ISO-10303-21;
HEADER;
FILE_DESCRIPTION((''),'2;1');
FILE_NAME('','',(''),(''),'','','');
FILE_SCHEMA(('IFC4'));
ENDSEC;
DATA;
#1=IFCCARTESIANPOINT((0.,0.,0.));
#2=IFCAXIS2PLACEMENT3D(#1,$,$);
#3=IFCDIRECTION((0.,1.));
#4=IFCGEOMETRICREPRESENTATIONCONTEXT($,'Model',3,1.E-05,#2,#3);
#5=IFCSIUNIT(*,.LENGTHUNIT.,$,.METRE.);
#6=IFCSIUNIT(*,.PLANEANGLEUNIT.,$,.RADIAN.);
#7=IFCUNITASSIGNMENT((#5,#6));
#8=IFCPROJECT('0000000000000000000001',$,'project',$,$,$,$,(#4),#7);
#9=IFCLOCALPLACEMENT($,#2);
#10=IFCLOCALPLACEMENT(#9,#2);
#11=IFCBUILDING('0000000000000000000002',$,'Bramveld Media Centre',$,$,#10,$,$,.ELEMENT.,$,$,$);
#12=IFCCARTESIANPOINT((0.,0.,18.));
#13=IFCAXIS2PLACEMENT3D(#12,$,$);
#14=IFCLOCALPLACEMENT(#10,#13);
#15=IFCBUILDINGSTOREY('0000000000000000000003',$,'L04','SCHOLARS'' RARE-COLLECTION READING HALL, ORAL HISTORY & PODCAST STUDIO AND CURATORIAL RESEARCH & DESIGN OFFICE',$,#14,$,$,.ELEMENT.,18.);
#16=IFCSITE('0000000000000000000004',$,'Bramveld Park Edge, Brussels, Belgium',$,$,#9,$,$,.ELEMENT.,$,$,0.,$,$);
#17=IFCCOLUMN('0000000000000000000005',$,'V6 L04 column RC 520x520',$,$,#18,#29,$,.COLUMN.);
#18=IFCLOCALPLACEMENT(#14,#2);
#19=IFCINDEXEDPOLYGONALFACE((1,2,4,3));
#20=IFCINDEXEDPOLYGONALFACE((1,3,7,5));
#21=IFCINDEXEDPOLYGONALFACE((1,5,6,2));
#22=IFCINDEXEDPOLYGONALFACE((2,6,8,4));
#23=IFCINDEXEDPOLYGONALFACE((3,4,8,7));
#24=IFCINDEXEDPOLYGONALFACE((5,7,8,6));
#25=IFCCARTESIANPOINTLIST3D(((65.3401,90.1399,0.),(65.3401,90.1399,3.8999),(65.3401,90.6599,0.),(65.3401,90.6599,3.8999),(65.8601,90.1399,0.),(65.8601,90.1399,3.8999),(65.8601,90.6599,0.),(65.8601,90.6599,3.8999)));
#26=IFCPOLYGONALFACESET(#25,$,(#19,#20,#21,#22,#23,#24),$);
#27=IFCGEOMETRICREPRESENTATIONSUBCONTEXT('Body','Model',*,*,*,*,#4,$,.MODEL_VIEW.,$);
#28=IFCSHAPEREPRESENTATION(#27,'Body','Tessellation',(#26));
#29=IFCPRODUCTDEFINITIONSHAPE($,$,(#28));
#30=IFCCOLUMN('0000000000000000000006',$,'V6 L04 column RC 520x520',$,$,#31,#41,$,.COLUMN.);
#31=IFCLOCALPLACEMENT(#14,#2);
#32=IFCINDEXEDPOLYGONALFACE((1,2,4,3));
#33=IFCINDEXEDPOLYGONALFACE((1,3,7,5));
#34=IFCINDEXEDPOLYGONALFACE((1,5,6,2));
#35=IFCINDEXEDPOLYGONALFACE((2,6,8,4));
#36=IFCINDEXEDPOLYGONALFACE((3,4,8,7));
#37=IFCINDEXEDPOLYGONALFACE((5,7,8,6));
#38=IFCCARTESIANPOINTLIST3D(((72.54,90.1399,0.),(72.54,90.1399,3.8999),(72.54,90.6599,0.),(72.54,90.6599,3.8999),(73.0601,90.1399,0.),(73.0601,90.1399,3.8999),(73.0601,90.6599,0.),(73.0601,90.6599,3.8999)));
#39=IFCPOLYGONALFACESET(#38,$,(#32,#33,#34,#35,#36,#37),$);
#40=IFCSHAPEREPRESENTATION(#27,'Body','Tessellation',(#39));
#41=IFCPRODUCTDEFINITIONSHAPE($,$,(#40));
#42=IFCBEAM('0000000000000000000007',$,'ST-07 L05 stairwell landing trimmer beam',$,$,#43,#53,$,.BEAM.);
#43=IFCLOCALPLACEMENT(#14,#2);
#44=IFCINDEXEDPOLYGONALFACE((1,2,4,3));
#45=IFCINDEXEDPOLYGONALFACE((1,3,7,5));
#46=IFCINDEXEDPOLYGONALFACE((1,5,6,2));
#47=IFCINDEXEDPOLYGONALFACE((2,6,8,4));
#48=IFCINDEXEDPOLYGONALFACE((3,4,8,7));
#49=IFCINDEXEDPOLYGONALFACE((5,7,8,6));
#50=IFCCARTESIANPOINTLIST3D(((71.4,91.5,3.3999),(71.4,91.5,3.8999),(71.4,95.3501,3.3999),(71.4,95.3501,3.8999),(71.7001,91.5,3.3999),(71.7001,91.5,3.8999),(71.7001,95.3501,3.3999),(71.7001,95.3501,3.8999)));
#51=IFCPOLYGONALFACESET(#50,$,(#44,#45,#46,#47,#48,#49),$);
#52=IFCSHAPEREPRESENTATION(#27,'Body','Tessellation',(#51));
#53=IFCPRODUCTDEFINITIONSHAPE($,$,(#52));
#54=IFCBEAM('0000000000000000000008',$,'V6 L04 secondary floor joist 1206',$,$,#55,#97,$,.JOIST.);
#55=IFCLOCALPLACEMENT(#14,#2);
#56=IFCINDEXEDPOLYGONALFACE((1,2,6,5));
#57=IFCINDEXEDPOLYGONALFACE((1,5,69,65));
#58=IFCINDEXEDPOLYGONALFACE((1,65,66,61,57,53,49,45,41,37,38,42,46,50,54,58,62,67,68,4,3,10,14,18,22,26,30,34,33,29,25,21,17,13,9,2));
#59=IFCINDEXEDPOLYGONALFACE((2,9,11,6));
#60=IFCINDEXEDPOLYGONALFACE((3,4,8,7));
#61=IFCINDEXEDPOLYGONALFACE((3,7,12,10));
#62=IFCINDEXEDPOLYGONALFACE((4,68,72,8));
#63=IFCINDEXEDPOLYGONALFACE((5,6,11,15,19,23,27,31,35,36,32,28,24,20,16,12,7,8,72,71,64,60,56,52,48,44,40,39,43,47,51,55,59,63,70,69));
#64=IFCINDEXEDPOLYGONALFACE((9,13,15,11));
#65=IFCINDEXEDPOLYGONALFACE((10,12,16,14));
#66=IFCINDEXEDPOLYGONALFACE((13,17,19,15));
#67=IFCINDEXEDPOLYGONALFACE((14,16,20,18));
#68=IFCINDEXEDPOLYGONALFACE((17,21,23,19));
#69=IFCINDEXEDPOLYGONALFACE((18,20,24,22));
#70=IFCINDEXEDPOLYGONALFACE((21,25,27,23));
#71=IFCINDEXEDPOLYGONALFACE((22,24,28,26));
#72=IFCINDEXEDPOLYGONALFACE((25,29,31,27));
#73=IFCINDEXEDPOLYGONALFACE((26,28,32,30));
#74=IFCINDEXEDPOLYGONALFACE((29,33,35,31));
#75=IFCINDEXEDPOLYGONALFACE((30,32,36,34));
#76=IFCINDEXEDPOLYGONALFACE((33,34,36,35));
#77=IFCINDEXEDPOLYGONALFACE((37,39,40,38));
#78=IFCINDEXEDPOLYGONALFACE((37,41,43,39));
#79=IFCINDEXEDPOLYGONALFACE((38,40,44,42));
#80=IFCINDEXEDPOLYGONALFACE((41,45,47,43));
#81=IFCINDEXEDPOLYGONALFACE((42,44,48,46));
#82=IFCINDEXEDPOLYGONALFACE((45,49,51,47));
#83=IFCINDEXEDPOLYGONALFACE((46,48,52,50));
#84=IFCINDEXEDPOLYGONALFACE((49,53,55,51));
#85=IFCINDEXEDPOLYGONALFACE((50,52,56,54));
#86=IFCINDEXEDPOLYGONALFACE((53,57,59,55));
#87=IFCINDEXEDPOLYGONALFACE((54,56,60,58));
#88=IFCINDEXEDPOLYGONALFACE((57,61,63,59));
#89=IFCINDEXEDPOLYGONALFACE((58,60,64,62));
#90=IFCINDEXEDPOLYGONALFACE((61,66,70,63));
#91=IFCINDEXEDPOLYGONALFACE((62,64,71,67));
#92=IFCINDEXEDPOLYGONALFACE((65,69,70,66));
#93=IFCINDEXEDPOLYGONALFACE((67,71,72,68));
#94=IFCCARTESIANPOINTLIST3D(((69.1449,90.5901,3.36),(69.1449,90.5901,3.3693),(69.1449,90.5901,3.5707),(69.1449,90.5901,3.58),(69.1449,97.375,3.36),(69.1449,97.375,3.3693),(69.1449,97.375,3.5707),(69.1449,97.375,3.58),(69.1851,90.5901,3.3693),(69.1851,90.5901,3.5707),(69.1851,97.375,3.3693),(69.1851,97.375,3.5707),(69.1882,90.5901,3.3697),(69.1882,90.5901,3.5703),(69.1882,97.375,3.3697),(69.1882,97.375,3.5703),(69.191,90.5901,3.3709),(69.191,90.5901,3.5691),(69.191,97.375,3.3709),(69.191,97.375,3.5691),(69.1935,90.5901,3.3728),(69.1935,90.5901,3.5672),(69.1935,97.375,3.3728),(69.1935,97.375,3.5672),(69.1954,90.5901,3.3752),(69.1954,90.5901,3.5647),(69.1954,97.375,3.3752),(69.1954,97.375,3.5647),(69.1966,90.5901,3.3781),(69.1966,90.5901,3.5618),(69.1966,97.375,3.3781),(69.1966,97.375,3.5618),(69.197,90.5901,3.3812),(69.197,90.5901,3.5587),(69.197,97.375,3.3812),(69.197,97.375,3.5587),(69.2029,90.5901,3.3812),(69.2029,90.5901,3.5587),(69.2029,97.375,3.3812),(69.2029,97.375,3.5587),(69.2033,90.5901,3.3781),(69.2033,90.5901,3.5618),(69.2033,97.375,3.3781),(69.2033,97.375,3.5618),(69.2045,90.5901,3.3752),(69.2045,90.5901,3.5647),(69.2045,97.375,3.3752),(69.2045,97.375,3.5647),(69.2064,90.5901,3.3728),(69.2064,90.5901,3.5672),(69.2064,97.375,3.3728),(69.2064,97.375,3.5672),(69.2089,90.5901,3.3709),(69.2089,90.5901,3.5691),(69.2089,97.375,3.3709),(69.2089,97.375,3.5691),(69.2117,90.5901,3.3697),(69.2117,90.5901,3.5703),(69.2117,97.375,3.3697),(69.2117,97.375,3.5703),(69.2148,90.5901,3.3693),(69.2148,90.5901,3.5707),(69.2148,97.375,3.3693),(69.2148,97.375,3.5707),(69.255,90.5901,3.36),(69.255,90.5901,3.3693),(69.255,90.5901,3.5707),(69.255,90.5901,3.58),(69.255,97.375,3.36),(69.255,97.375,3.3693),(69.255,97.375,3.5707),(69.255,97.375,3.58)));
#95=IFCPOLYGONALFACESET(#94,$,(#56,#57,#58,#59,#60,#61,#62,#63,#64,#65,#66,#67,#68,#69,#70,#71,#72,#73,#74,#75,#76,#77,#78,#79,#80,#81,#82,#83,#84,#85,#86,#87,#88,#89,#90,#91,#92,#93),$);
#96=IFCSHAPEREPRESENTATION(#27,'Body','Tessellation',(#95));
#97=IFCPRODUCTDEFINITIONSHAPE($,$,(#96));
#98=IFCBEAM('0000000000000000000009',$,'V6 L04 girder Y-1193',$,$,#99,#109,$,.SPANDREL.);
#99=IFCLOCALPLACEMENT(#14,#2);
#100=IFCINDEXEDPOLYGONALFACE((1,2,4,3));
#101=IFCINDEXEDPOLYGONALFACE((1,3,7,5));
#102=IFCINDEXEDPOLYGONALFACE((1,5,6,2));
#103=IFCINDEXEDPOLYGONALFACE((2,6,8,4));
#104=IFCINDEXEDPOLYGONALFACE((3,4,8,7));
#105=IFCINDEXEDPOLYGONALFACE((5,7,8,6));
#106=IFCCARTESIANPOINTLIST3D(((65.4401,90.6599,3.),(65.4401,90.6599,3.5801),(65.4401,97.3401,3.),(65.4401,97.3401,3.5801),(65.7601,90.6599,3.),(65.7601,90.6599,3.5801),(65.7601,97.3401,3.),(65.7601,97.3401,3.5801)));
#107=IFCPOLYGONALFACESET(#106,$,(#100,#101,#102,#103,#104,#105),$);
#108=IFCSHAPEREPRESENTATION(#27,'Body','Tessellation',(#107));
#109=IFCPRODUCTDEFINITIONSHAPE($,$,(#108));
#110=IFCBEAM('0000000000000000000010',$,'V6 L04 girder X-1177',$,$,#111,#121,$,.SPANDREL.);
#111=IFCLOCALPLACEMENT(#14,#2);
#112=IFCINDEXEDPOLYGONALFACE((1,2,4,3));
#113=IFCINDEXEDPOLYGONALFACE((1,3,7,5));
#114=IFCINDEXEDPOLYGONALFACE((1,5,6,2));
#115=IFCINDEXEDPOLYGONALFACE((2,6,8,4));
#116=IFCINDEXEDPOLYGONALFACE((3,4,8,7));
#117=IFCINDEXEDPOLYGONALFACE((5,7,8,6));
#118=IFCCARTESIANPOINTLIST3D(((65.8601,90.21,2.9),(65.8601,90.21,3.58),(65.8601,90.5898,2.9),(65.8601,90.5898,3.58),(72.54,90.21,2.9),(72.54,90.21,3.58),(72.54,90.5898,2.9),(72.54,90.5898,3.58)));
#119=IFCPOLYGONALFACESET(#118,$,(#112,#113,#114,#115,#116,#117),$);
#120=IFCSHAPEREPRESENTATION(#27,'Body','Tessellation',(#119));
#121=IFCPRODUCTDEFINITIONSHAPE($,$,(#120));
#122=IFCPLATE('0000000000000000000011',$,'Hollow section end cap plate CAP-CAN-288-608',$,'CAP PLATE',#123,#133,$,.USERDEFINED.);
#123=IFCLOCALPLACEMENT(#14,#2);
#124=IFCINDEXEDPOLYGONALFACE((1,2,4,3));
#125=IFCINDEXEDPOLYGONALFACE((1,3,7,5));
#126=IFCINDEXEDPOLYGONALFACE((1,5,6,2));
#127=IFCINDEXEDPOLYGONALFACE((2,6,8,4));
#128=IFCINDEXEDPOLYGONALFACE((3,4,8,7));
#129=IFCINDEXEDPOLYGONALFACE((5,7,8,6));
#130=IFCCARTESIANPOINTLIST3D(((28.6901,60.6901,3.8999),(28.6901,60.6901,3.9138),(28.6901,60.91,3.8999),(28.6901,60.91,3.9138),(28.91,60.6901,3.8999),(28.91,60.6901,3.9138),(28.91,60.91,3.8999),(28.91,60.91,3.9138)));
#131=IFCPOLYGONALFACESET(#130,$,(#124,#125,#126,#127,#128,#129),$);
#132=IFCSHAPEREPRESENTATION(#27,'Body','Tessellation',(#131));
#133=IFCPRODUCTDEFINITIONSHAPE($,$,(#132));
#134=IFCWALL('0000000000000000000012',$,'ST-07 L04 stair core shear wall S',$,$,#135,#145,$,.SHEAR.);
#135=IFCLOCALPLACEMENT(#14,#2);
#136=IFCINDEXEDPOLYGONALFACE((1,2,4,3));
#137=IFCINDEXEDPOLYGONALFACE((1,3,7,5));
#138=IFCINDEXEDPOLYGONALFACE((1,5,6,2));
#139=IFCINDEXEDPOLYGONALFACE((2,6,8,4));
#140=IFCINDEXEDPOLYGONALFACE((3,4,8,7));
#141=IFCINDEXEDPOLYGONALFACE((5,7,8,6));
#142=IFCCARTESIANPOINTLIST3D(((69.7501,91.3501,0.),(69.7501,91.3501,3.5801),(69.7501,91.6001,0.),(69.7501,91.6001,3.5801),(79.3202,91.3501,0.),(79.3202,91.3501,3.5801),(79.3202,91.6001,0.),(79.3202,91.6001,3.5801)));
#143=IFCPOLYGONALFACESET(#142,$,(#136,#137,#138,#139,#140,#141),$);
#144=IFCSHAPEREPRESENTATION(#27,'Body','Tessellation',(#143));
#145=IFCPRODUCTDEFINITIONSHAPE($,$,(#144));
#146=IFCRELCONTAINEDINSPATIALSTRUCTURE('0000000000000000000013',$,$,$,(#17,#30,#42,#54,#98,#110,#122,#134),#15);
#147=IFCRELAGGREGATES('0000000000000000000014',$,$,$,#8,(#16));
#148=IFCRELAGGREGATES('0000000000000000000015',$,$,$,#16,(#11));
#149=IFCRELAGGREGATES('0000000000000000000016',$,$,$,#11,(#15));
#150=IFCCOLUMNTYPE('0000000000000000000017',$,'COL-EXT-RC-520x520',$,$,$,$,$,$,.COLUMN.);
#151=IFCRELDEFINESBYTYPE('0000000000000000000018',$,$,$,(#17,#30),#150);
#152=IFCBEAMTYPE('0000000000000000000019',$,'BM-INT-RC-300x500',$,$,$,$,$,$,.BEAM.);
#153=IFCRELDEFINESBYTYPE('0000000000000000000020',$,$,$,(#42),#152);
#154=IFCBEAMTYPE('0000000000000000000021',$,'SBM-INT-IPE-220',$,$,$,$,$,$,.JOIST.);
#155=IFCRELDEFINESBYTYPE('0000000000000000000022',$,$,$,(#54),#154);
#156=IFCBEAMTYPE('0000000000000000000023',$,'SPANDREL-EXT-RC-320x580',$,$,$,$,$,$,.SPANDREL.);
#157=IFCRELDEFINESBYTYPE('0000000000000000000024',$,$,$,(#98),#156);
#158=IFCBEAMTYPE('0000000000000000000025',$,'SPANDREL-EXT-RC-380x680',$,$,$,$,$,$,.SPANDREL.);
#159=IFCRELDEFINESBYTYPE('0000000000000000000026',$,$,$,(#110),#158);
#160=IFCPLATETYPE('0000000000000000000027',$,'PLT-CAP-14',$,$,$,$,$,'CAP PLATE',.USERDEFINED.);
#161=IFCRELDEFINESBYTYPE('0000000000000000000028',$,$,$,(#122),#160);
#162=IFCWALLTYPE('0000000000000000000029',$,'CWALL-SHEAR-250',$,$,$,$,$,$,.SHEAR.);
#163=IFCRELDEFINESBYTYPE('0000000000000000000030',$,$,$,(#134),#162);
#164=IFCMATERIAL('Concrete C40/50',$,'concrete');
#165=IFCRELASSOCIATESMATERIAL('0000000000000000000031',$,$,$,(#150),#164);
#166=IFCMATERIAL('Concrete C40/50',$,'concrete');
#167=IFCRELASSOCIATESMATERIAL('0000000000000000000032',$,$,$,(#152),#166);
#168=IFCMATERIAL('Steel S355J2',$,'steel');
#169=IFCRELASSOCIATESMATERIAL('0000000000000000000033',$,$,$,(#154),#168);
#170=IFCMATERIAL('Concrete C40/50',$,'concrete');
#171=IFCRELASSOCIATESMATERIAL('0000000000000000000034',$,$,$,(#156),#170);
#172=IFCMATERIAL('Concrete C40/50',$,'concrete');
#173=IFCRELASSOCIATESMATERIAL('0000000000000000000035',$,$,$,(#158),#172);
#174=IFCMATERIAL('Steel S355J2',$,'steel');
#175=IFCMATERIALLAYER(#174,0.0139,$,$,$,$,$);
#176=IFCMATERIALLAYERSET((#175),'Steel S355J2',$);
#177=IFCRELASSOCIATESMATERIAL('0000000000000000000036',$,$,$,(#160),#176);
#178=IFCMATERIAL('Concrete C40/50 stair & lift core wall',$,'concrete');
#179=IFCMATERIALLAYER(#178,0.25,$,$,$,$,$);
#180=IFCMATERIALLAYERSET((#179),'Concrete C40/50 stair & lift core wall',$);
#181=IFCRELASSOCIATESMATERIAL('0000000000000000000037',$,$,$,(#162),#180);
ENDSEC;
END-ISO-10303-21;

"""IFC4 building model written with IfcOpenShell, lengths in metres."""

from ifc_helpers import new_model, si_unit, direction, frame, frame_2d, origin, origin_2d, place, context, subcontext, project, spatial, rectangle, i_section, extrude, material, layer, layer_set, material_profile, profile_set, type_object, element, save


model = new_model("IFC4")

# Units and contexts
model_context = context("Model", 3, precision=1e-05, world=origin(), true_north=direction((0.0, 1.0)))
body_context = subcontext(model_context, "Body", "Model", "MODEL_VIEW")
ifc_project = project(units=[si_unit("LENGTHUNIT", "METRE"), si_unit("PLANEANGLEUNIT", "RADIAN")], contexts=[model_context])

# Site, building, storey
site_placement = place(None, origin())
site = spatial("IfcSite", under=ifc_project, at=site_placement, Name="Bramveld Park Edge, Brussels, Belgium", CompositionType="ELEMENT", RefElevation=0.0)
building_placement = place(site_placement, origin())
building = spatial("IfcBuilding", under=site, at=building_placement, Name="Bramveld Media Centre", CompositionType="ELEMENT")
storey_placement = place(building_placement, frame((0.0, 0.0, 18.0)))
storey = spatial("IfcBuildingStorey", under=building, at=storey_placement, Name="L04", Description="SCHOLARS' RARE-COLLECTION READING HALL, ORAL HISTORY & PODCAST STUDIO AND CURATORIAL RESEARCH & DESIGN OFFICE", CompositionType="ELEMENT", Elevation=18.0)

# Columns
ifc_material_1 = material(Name="Concrete C40/50", Category="concrete")
ifc_material_profile_1 = material_profile(ifc_material_1, rectangle(XDim=0.52, YDim=0.52, at=origin_2d()), Name="RC 520x520")
ifc_profile_set_1 = profile_set([ifc_material_profile_1], Name="Concrete C40/50")
column_type = type_object("IfcColumnType", Name="COL-EXT-RC-520x520", PredefinedType="COLUMN", material=ifc_profile_set_1)
for number, where, z_axis, x_axis, name in (
    (1, (65.6001, 90.3999, 0.0), (0.0, 0.0, 1.0), (1.0, 0.0, 0.0), "V6 L04 column RC 520x520"),
    (2, (72.8, 90.3999, 0.0), (0.0, 0.0, 1.0), (1.0, 0.0, 0.0), "V6 L04 column RC 520x520"),
):
    element("IfcColumn", number, at=place(storey_placement, frame(where, z_axis=z_axis, x_axis=x_axis)), inside=storey, type_object=column_type, Name=name, PredefinedType="COLUMN", context=body_context, shape_type="SweptSolid", body=[
        extrude(rectangle(XDim=0.52, YDim=0.52, at=origin_2d()), origin(), (0.0, 0.0, 1.0), 3.8999),
    ])

# Beams
ifc_material_2 = material(Name="Concrete C40/50", Category="concrete")
ifc_material_profile_2 = material_profile(ifc_material_2, rectangle(XDim=0.3, YDim=0.5, at=origin_2d()), Name="RC 300x500")
ifc_profile_set_2 = profile_set([ifc_material_profile_2], Name="Concrete C40/50")
beam_type_1 = type_object("IfcBeamType", Name="BM-INT-RC-300x500", PredefinedType="BEAM", material=ifc_profile_set_2)
beam_1_placement = place(storey_placement, frame((71.55, 91.5, 3.6499), z_axis=(0.0, 1.0, 0.0), x_axis=(-1.0, 0.0, 0.0)))
element("IfcBeam", 3, at=beam_1_placement, inside=storey, type_object=beam_type_1, Name="ST-07 L05 stairwell landing trimmer beam", PredefinedType="BEAM", context=body_context, shape_type="SweptSolid", body=[
    extrude(rectangle(XDim=0.3, YDim=0.5, at=origin_2d()), origin(), (0.0, 0.0, 1.0), 3.8501),
])
ifc_material_3 = material(Name="Steel S355J2", Category="steel")
ifc_material_profile_3 = material_profile(ifc_material_3, i_section(OverallWidth=0.1101, OverallDepth=0.22, WebThickness=0.0059, FlangeThickness=0.0093, FilletRadius=0.012, at=origin_2d()), Name="IPE 220")
ifc_profile_set_3 = profile_set([ifc_material_profile_3], Name="Steel S355J2")
beam_type_2 = type_object("IfcBeamType", Name="SBM-INT-IPE-220", PredefinedType="JOIST", material=ifc_profile_set_3)
beam_2_placement = place(storey_placement, frame((69.2, 90.5901, 3.47), z_axis=(0.0, 1.0, 0.0), x_axis=(-1.0, 0.0, 0.0)))
element("IfcBeam", 4, at=beam_2_placement, inside=storey, type_object=beam_type_2, Name="V6 L04 secondary floor joist 1206", PredefinedType="JOIST", context=body_context, shape_type="SweptSolid", body=[
    extrude(i_section(OverallWidth=0.1101, OverallDepth=0.22, WebThickness=0.0059, FlangeThickness=0.0093, FilletRadius=0.012, at=origin_2d()), origin(), (0.0, 0.0, 1.0), 6.7849),
])
ifc_material_4 = material(Name="Concrete C40/50", Category="concrete")
ifc_material_profile_4 = material_profile(ifc_material_4, rectangle(XDim=0.3201, YDim=0.5801, at=origin_2d()), Name="RC 320x580")
ifc_profile_set_4 = profile_set([ifc_material_profile_4], Name="Concrete C40/50")
beam_type_3 = type_object("IfcBeamType", Name="SPANDREL-EXT-RC-320x580", PredefinedType="SPANDREL", material=ifc_profile_set_4)
beam_3_placement = place(storey_placement, frame((65.6001, 90.6599, 3.29), z_axis=(0.0, 1.0, 0.0), x_axis=(-1.0, 0.0, 0.0)))
element("IfcBeam", 5, at=beam_3_placement, inside=storey, type_object=beam_type_3, Name="V6 L04 girder Y-1193", PredefinedType="SPANDREL", context=body_context, shape_type="SweptSolid", body=[
    extrude(rectangle(XDim=0.3201, YDim=0.5801, at=origin_2d()), origin(), (0.0, 0.0, 1.0), 6.6802),
])
ifc_material_5 = material(Name="Concrete C40/50", Category="concrete")
ifc_material_profile_5 = material_profile(ifc_material_5, rectangle(XDim=0.3799, YDim=0.6799, at=origin_2d()), Name="RC 380x680")
ifc_profile_set_5 = profile_set([ifc_material_profile_5], Name="Concrete C40/50")
beam_type_4 = type_object("IfcBeamType", Name="SPANDREL-EXT-RC-380x680", PredefinedType="SPANDREL", material=ifc_profile_set_5)
beam_4_placement = place(storey_placement, frame((65.8601, 90.3999, 3.24), z_axis=(1.0, 0.0, 0.0), x_axis=(0.0, 1.0, 0.0)))
element("IfcBeam", 6, at=beam_4_placement, inside=storey, type_object=beam_type_4, Name="V6 L04 girder X-1177", PredefinedType="SPANDREL", context=body_context, shape_type="SweptSolid", body=[
    extrude(rectangle(XDim=0.3799, YDim=0.6799, at=origin_2d()), origin(), (0.0, 0.0, 1.0), 6.6799),
])

# Plate
ifc_material_6 = material(Name="Steel S355J2", Category="steel")
ifc_layer_1 = layer(ifc_material_6, 0.0139)
ifc_layer_set_1 = layer_set([ifc_layer_1], Name="Steel S355J2")
plate_type = type_object("IfcPlateType", Name="PLT-CAP-14", ElementType="CAP PLATE", PredefinedType="USERDEFINED", material=ifc_layer_set_1)
plate_placement = place(storey_placement, frame((28.8, 60.8, 3.8999), z_axis=(0.0, 0.0, 1.0), x_axis=(1.0, 0.0, 0.0)))
element("IfcPlate", 7, at=plate_placement, inside=storey, type_object=plate_type, Name="Hollow section end cap plate CAP-CAN-288-608", ObjectType="CAP PLATE", PredefinedType="USERDEFINED", context=body_context, shape_type="SweptSolid", body=[
    extrude(rectangle(XDim=0.22, YDim=0.22, at=origin_2d()), origin(), (0.0, 0.0, 1.0), 0.0139),
])

# Wall
ifc_material_7 = material(Name="Concrete C40/50 stair & lift core wall", Category="concrete")
ifc_layer_2 = layer(ifc_material_7, 0.25)
ifc_layer_set_2 = layer_set([ifc_layer_2], Name="Concrete C40/50 stair & lift core wall")
wall_type_1 = type_object("IfcWallType", Name="CWALL-SHEAR-250", PredefinedType="SHEAR", material=ifc_layer_set_2)
wall_1_placement = place(storey_placement, frame((69.75, 91.4751, 0.0), z_axis=(0.0, 0.0, 1.0), x_axis=(1.0, 0.0, 0.0)))
element("IfcWall", 8, at=wall_1_placement, inside=storey, type_object=wall_type_1, Name="ST-07 L04 stair core shear wall S", PredefinedType="SHEAR", context=body_context, shape_type="SweptSolid", body=[
    extrude(rectangle(XDim=9.5701, YDim=0.25, at=frame_2d((4.7852, 0.0))), origin(), (0.0, 0.0, 1.0), 3.5801),
])

save(model, "model.ifc")
